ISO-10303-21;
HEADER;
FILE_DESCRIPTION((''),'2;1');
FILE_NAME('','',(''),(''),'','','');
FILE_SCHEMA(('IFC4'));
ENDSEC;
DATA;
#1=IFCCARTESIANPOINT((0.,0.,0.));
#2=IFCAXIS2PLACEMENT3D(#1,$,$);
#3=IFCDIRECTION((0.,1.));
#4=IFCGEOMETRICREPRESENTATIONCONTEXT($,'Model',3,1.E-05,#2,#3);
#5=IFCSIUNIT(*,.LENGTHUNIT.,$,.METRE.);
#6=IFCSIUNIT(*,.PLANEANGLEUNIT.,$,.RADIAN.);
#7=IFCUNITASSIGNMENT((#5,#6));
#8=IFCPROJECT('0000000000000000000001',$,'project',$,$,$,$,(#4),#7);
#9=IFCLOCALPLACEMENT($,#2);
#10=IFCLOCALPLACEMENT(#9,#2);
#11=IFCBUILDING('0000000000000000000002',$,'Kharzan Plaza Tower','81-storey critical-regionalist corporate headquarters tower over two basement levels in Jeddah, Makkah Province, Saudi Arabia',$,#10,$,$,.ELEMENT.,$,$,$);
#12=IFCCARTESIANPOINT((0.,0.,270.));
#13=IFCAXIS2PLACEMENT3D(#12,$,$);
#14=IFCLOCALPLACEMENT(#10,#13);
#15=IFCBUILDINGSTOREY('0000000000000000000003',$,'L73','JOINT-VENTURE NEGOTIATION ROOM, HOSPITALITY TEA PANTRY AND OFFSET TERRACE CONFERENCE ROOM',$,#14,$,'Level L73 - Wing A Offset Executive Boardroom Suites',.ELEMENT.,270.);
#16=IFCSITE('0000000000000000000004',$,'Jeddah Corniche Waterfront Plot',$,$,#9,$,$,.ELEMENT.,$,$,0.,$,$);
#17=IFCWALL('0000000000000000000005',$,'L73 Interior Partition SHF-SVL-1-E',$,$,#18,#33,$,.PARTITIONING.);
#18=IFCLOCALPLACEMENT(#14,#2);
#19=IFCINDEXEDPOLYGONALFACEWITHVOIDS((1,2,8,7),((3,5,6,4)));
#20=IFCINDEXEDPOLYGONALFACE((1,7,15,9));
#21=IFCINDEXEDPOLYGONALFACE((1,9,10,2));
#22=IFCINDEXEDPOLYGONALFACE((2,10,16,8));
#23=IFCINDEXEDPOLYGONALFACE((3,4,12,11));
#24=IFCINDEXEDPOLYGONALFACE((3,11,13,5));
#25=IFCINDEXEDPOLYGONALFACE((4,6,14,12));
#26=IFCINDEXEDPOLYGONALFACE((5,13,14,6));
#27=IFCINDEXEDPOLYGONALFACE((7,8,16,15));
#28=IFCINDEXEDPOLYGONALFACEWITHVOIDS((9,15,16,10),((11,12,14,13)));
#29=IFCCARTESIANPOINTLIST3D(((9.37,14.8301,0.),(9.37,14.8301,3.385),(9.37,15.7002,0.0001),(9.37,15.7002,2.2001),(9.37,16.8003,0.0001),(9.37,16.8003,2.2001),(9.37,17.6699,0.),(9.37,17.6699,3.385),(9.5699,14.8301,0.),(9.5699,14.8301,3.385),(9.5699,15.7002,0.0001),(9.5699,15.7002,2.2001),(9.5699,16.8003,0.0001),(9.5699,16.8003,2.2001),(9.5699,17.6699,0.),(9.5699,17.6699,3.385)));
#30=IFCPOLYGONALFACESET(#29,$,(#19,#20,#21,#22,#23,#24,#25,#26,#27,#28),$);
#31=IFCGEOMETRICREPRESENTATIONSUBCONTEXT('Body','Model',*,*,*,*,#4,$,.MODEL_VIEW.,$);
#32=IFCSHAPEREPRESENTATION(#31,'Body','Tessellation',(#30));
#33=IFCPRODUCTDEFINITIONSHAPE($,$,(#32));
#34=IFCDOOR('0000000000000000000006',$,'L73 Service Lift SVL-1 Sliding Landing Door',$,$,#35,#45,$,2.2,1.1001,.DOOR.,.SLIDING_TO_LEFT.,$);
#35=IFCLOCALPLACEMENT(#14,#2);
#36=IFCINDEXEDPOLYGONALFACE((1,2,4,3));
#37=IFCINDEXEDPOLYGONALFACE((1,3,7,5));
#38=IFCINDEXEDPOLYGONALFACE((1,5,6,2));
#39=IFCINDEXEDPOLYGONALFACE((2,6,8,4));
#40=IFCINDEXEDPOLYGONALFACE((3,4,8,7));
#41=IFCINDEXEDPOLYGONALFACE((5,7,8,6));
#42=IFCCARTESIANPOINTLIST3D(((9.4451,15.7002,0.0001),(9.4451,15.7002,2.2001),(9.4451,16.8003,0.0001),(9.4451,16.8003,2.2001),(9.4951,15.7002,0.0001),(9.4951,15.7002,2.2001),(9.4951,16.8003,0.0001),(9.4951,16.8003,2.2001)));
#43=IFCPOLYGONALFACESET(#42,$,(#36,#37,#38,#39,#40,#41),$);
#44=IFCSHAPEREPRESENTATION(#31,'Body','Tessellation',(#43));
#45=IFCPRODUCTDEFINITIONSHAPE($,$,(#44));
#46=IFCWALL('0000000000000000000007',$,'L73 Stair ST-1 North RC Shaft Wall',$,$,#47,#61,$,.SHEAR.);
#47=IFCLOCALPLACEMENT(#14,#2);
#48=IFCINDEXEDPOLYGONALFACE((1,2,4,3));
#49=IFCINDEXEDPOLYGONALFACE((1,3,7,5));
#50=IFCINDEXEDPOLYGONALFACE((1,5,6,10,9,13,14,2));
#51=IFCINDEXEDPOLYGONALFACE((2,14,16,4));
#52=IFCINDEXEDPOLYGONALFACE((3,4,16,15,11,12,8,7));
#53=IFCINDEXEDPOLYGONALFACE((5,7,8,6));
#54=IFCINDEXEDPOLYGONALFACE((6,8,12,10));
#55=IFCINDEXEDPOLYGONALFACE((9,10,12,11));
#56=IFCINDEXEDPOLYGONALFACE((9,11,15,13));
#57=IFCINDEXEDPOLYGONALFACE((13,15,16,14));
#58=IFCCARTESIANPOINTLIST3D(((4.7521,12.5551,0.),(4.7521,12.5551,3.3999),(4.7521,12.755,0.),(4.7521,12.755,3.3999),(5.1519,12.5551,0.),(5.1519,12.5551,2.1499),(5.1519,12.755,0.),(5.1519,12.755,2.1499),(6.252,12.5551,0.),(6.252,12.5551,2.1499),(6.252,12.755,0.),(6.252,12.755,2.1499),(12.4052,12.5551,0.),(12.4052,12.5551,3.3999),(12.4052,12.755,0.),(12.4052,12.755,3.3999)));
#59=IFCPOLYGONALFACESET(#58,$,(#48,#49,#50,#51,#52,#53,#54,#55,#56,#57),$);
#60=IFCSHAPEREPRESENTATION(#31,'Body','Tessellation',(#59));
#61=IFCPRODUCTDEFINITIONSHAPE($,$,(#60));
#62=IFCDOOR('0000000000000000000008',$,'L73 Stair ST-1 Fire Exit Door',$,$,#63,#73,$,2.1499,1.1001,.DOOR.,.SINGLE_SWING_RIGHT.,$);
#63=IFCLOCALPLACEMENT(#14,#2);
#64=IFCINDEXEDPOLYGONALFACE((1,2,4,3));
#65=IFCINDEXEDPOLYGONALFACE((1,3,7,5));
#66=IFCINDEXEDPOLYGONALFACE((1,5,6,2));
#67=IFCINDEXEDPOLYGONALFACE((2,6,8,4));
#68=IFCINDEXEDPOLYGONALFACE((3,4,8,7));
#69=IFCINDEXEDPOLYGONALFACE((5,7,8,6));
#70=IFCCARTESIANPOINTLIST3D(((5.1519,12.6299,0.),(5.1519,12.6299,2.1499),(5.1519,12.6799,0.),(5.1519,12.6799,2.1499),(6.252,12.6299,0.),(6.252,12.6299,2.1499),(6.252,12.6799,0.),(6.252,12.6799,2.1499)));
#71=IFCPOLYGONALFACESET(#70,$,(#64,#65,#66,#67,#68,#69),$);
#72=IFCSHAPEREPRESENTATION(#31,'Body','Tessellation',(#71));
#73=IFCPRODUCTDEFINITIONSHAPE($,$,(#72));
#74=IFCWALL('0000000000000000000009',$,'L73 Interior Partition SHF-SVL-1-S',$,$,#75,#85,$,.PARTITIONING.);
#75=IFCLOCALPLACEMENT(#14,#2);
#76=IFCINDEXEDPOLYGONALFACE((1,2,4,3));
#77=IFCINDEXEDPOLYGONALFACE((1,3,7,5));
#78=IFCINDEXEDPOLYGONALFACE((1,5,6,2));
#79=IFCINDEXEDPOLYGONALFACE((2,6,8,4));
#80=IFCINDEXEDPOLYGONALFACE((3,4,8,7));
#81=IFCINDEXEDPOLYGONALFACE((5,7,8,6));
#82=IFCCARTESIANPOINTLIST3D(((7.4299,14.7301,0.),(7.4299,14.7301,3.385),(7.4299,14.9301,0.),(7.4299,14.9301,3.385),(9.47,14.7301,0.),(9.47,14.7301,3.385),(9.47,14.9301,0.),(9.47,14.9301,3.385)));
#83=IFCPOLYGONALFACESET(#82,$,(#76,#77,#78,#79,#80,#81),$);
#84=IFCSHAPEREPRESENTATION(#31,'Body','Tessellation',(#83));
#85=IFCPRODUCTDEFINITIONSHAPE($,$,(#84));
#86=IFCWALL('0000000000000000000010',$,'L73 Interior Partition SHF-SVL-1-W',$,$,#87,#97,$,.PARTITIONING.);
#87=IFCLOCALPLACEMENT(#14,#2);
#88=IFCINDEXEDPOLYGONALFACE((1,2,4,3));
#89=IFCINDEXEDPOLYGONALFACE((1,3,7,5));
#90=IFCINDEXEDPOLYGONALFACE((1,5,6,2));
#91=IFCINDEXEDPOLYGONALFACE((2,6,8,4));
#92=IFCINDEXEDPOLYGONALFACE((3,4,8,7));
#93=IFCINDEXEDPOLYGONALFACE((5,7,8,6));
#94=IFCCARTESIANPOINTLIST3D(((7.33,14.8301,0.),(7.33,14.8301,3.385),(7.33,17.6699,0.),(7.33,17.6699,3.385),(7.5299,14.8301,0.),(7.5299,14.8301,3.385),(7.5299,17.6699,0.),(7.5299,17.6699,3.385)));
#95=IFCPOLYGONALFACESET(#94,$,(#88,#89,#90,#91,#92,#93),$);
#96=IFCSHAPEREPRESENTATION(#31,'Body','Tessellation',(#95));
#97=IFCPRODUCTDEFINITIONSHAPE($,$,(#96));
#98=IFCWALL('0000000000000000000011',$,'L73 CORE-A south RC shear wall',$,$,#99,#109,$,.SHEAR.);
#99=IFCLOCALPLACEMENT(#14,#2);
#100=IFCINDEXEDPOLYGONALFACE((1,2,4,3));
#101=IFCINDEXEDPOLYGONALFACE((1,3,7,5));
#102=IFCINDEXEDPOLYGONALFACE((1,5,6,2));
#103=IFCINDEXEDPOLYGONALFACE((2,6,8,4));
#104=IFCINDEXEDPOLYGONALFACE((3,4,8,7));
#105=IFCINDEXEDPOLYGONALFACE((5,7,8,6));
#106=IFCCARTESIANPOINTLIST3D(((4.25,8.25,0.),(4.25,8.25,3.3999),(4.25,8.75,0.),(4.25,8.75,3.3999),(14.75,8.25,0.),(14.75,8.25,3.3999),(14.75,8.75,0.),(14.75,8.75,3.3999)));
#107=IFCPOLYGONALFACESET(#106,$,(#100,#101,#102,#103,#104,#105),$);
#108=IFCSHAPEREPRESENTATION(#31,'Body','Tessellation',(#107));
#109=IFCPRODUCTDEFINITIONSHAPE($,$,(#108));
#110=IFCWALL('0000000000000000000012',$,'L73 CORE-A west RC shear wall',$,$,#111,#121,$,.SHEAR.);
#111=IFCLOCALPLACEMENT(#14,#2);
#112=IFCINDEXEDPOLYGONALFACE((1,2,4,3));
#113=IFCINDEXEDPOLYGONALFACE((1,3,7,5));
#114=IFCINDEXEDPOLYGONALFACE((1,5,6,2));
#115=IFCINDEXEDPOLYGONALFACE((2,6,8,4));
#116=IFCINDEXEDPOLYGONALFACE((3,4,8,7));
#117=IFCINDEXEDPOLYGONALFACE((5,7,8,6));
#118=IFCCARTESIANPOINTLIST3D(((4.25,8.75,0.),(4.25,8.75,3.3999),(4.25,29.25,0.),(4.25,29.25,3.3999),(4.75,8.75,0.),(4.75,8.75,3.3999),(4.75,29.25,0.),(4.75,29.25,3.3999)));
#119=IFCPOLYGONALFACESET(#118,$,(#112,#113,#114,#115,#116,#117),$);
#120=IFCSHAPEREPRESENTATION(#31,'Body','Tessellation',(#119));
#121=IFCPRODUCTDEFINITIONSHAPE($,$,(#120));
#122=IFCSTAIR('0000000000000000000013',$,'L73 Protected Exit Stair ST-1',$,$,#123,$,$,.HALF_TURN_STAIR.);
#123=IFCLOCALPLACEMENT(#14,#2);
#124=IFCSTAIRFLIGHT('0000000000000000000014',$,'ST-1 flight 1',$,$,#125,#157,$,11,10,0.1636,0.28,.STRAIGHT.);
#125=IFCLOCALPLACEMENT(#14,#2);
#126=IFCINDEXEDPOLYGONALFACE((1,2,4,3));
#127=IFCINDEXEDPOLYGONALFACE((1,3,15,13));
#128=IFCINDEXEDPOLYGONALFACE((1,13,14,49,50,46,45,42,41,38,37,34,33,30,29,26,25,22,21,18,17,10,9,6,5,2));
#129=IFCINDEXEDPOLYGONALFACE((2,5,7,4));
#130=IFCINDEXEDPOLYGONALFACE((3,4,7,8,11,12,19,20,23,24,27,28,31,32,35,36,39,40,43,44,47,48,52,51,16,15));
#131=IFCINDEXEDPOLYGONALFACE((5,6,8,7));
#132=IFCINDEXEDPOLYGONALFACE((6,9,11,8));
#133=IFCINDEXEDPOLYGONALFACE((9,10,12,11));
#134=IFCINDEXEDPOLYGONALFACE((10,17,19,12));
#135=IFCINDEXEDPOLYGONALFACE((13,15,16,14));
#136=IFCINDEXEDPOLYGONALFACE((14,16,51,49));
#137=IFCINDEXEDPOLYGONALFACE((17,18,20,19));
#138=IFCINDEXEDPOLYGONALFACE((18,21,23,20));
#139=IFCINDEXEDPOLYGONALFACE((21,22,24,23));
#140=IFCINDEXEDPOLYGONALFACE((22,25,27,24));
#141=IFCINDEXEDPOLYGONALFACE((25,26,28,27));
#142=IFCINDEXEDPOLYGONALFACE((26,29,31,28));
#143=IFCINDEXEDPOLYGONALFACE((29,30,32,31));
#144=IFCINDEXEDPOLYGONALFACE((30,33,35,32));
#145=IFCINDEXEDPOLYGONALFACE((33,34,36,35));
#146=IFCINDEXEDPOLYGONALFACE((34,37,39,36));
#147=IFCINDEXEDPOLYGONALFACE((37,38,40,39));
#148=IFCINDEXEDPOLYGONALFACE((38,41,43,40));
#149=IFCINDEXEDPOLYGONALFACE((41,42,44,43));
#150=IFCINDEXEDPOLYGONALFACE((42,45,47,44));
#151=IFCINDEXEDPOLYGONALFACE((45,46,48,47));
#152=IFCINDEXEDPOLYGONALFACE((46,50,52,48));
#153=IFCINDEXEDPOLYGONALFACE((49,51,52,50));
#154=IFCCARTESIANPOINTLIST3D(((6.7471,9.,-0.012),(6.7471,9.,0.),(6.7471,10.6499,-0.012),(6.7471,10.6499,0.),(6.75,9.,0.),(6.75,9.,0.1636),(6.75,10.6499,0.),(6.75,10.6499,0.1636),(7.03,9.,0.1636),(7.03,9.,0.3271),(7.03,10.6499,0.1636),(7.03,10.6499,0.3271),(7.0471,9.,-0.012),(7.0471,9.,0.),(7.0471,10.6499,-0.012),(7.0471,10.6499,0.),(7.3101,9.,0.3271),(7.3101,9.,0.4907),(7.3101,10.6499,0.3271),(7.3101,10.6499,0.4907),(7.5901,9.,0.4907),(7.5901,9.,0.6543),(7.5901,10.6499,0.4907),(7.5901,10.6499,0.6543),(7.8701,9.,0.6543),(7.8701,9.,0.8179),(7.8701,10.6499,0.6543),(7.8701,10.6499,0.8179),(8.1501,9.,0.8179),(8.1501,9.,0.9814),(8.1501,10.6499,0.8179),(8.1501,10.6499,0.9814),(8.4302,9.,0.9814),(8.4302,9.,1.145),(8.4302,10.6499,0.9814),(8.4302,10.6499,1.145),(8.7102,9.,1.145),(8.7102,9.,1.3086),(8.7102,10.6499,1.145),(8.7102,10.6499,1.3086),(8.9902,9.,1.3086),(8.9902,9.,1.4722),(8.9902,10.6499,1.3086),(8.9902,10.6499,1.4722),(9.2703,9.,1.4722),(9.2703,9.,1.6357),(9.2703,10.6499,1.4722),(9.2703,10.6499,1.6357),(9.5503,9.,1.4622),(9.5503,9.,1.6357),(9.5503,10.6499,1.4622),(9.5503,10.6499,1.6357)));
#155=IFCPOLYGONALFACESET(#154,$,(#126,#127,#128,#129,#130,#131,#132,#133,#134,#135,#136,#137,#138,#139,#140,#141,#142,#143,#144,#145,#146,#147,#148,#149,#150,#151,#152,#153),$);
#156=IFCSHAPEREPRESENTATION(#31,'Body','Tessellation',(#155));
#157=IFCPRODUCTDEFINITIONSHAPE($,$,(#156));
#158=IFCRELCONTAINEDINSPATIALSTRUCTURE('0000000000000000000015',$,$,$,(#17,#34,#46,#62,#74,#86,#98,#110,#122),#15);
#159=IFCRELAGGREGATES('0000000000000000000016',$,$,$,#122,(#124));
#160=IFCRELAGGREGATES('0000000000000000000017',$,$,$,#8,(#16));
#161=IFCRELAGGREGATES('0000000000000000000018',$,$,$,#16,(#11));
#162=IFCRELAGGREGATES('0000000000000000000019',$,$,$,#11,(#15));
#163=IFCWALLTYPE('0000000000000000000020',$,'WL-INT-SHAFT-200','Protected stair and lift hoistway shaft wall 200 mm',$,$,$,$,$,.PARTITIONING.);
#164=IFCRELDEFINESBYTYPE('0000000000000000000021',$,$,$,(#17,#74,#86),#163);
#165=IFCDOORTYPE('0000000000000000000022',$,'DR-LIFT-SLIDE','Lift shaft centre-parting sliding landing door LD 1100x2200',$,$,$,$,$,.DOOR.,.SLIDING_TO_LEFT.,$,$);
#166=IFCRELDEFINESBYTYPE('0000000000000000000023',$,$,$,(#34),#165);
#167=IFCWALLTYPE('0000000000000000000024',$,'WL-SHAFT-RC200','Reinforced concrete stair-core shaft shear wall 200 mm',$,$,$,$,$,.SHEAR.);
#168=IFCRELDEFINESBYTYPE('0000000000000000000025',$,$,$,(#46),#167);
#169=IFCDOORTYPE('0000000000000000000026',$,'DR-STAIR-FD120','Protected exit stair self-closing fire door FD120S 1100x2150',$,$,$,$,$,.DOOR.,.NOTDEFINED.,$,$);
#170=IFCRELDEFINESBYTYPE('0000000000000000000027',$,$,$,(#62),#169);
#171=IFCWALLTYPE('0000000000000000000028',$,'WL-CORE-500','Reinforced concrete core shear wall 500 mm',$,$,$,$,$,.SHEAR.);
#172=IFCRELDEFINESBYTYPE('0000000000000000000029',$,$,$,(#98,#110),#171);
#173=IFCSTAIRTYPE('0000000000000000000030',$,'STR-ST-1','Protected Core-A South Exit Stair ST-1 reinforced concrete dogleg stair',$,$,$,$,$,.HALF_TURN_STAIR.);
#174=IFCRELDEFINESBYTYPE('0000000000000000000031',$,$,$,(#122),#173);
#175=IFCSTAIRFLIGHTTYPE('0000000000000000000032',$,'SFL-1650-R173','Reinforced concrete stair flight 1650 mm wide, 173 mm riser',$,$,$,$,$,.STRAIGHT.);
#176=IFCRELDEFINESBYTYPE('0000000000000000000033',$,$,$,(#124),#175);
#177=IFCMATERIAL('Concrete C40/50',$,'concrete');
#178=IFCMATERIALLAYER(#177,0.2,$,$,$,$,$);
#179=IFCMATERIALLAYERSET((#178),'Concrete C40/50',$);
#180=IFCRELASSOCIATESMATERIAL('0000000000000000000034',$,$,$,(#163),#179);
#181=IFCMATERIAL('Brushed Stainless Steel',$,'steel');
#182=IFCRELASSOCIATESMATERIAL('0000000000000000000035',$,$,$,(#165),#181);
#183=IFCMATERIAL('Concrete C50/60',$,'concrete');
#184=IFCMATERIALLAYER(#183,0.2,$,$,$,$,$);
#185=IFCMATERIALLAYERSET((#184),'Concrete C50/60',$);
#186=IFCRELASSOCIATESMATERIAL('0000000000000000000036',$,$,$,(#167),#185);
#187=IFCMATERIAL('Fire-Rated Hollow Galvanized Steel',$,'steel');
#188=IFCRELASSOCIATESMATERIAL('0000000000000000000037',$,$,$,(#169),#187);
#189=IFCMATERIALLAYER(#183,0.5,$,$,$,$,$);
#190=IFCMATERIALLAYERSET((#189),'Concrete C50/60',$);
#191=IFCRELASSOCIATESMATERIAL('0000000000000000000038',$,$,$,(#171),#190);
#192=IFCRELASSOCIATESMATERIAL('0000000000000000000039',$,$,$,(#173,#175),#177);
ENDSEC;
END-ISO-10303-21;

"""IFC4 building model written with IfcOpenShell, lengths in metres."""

from ifc_helpers import new_model, si_unit, direction, frame, frame_2d, origin, place, context, subcontext, project, spatial, polyline, rectangle, outline, extrude, source, transform, mapped, material, layer, layer_set, type_object, element, fill, aggregate, save


model = new_model("IFC4")

# Units and contexts
model_context = context("Model", 3, precision=1e-05, world=origin(), true_north=direction((0.0, 1.0)))
body_context = subcontext(model_context, "Body", "Model", "MODEL_VIEW")
ifc_project = project(units=[si_unit("LENGTHUNIT", "METRE"), si_unit("PLANEANGLEUNIT", "RADIAN")], contexts=[model_context])

# Site, building, storey
site_placement = place(None, origin())
site = spatial("IfcSite", under=ifc_project, at=site_placement, Name="Jeddah Corniche Waterfront Plot", CompositionType="ELEMENT", RefElevation=0.0)
building_placement = place(site_placement, origin())
building = spatial("IfcBuilding", under=site, at=building_placement, Name="Kharzan Plaza Tower", Description="81-storey critical-regionalist corporate headquarters tower over two basement levels in Jeddah, Makkah Province, Saudi Arabia", CompositionType="ELEMENT")
storey_placement = place(building_placement, frame((0.0, 0.0, 270.0)))
storey = spatial("IfcBuildingStorey", under=building, at=storey_placement, Name="L73", Description="JOINT-VENTURE NEGOTIATION ROOM, HOSPITALITY TEA PANTRY AND OFFSET TERRACE CONFERENCE ROOM", LongName="Level L73 - Wing A Offset Executive Boardroom Suites", CompositionType="ELEMENT", Elevation=270.0)

# Shared definitions
ifc_material_1 = material(Name="Concrete C50/60", Category="concrete")

# Shared definitions
ifc_material_2 = material(Name="Concrete C40/50", Category="concrete")

# Walls, openings, doors
ifc_layer_1 = layer(ifc_material_2, 0.2)
ifc_layer_set_1 = layer_set([ifc_layer_1], Name="Concrete C40/50")
wall_type_1 = type_object("IfcWallType", Name="WL-INT-SHAFT-200", Description="Protected stair and lift hoistway shaft wall 200 mm", PredefinedType="PARTITIONING", material=ifc_layer_set_1)
wall_1_placement = place(storey_placement, frame((9.47, 14.8301, 0.0), z_axis=(0.0, 0.0, 1.0), x_axis=(0.0, 1.0, 0.0)))
wall_1 = element("IfcWall", 1, at=wall_1_placement, inside=storey, type_object=wall_type_1, Name="L73 Interior Partition SHF-SVL-1-E", PredefinedType="PARTITIONING", context=body_context, shape_type="SweptSolid", body=[
    extrude(rectangle(XDim=2.8398, YDim=0.2, at=frame_2d((1.4199, 0.0))), origin(), (0.0, 0.0, 1.0), 3.385),
])
opening_1_placement = place(wall_1_placement, frame((0.8701, 0.0, 0.0)))
opening_1 = element("IfcOpeningElement", 2, at=opening_1_placement, cuts=wall_1, PredefinedType="OPENING", context=body_context, shape_type="SweptSolid", body=[
    extrude(rectangle(XDim=1.1001, YDim=2.2, at=frame_2d((0.55, 1.1001))), frame((0.0, 0.1099, 0.0), z_axis=(0.0, -1.0, 0.0), x_axis=(1.0, 0.0, 0.0)), (0.0, 0.0, 1.0), 0.22),
])
ifc_material_3 = material(Name="Brushed Stainless Steel", Category="steel")
door_type_1 = type_object("IfcDoorType", Name="DR-LIFT-SLIDE", Description="Lift shaft centre-parting sliding landing door LD 1100x2200", OperationType="SLIDING_TO_LEFT", PredefinedType="DOOR", material=ifc_material_3)
shared_shape_1 = source(origin(), body_context, "Body", "SweptSolid", [
    extrude(rectangle(XDim=1.1001, YDim=2.2, at=frame_2d((0.55, 1.1001))), frame((0.0, 0.0249, 0.0), z_axis=(0.0, -1.0, 0.0), x_axis=(1.0, 0.0, 0.0)), (0.0, 0.0, 1.0), 0.05),
])
door_1_placement = place(opening_1_placement, origin())
door_1 = element("IfcDoor", 3, at=door_1_placement, inside=storey, type_object=door_type_1, Name="L73 Service Lift SVL-1 Sliding Landing Door", OperationType="SLIDING_TO_LEFT", OverallHeight=2.2, OverallWidth=1.1001, PredefinedType="DOOR", context=body_context, shape_type="MappedRepresentation", body=[
    mapped(shared_shape_1, transform((0.0, 0.0, 0.0), x_axis=(1.0, 0.0, 0.0), y_axis=(0.0, 1.0, 0.0), z_axis=(0.0, 0.0, 1.0))),
])
fill(opening_1, door_1)
ifc_layer_2 = layer(ifc_material_1, 0.2)
ifc_layer_set_2 = layer_set([ifc_layer_2], Name="Concrete C50/60")
wall_type_2 = type_object("IfcWallType", Name="WL-SHAFT-RC200", Description="Reinforced concrete stair-core shaft shear wall 200 mm", PredefinedType="SHEAR", material=ifc_layer_set_2)
wall_2_placement = place(storey_placement, frame((4.752, 12.655, 0.0), z_axis=(0.0, 0.0, 1.0), x_axis=(1.0, 0.0, 0.0)))
wall_2 = element("IfcWall", 4, at=wall_2_placement, inside=storey, type_object=wall_type_2, Name="L73 Stair ST-1 North RC Shaft Wall", PredefinedType="SHEAR", context=body_context, shape_type="SweptSolid", body=[
    extrude(rectangle(XDim=7.6531, YDim=0.2, at=frame_2d((3.8267, 0.0))), origin(), (0.0, 0.0, 1.0), 3.3999),
])
opening_2_placement = place(wall_2_placement, frame((0.3999, 0.0, 0.0)))
opening_2 = element("IfcOpeningElement", 5, at=opening_2_placement, cuts=wall_2, PredefinedType="OPENING", context=body_context, shape_type="SweptSolid", body=[
    extrude(rectangle(XDim=1.1001, YDim=2.1499, at=frame_2d((0.55, 1.075))), frame((0.0, 0.1099, 0.0), z_axis=(0.0, -1.0, 0.0), x_axis=(1.0, 0.0, 0.0)), (0.0, 0.0, 1.0), 0.22),
])
ifc_material_4 = material(Name="Fire-Rated Hollow Galvanized Steel", Category="steel")
door_type_2 = type_object("IfcDoorType", Name="DR-STAIR-FD120", Description="Protected exit stair self-closing fire door FD120S 1100x2150", OperationType="NOTDEFINED", PredefinedType="DOOR", material=ifc_material_4)
shared_shape_2 = source(origin(), body_context, "Body", "SweptSolid", [
    extrude(rectangle(XDim=1.1001, YDim=2.1499, at=frame_2d((0.55, 1.075))), frame((0.0, 0.0249, 0.0), z_axis=(0.0, -1.0, 0.0), x_axis=(1.0, 0.0, 0.0)), (0.0, 0.0, 1.0), 0.05),
])
door_2_placement = place(opening_2_placement, origin())
door_2 = element("IfcDoor", 6, at=door_2_placement, inside=storey, type_object=door_type_2, Name="L73 Stair ST-1 Fire Exit Door", OperationType="SINGLE_SWING_RIGHT", OverallHeight=2.1499, OverallWidth=1.1001, PredefinedType="DOOR", context=body_context, shape_type="MappedRepresentation", body=[
    mapped(shared_shape_2, transform((0.0, 0.0, 0.0), x_axis=(1.0, 0.0, 0.0), y_axis=(0.0, 1.0, 0.0), z_axis=(0.0, 0.0, 1.0))),
])
fill(opening_2, door_2)

# Walls
shared_shape_3 = source(origin(), body_context, "Body", "SweptSolid", [
    extrude(rectangle(XDim=2.04, YDim=0.2, at=frame_2d((1.02, 0.0))), origin(), (0.0, 0.0, 1.0), 3.385),
])
wall_3_placement = place(storey_placement, frame((7.4299, 14.8301, 0.0), z_axis=(0.0, 0.0, 1.0), x_axis=(1.0, 0.0, 0.0)))
element("IfcWall", 7, at=wall_3_placement, inside=storey, type_object=wall_type_1, Name="L73 Interior Partition SHF-SVL-1-S", PredefinedType="PARTITIONING", context=body_context, shape_type="MappedRepresentation", body=[
    mapped(shared_shape_3, transform((0.0, 0.0, 0.0), x_axis=(1.0, 0.0, 0.0), y_axis=(0.0, 1.0, 0.0), z_axis=(0.0, 0.0, 1.0))),
])
shared_shape_4 = source(origin(), body_context, "Body", "SweptSolid", [
    extrude(rectangle(XDim=2.8398, YDim=0.2, at=frame_2d((1.4199, 0.0))), origin(), (0.0, 0.0, 1.0), 3.385),
])
wall_4_placement = place(storey_placement, frame((7.4299, 14.8301, 0.0), z_axis=(0.0, 0.0, 1.0), x_axis=(0.0, 1.0, 0.0)))
element("IfcWall", 8, at=wall_4_placement, inside=storey, type_object=wall_type_1, Name="L73 Interior Partition SHF-SVL-1-W", PredefinedType="PARTITIONING", context=body_context, shape_type="MappedRepresentation", body=[
    mapped(shared_shape_4, transform((0.0, 0.0, 0.0), x_axis=(1.0, 0.0, 0.0), y_axis=(0.0, 1.0, 0.0), z_axis=(0.0, 0.0, 1.0))),
])
ifc_layer_3 = layer(ifc_material_1, 0.5)
ifc_layer_set_3 = layer_set([ifc_layer_3], Name="Concrete C50/60")
wall_type_3 = type_object("IfcWallType", Name="WL-CORE-500", Description="Reinforced concrete core shear wall 500 mm", PredefinedType="SHEAR", material=ifc_layer_set_3)
shared_shape_5 = source(origin(), body_context, "Body", "SweptSolid", [
    extrude(rectangle(XDim=10.5, YDim=0.5, at=frame_2d((5.25, 0.0))), origin(), (0.0, 0.0, 1.0), 3.3999),
])
wall_5_placement = place(storey_placement, frame((4.25, 8.5, 0.0), z_axis=(0.0, 0.0, 1.0), x_axis=(1.0, 0.0, 0.0)))
element("IfcWall", 9, at=wall_5_placement, inside=storey, type_object=wall_type_3, Name="L73 CORE-A south RC shear wall", PredefinedType="SHEAR", context=body_context, shape_type="MappedRepresentation", body=[
    mapped(shared_shape_5, transform((0.0, 0.0, 0.0), x_axis=(1.0, 0.0, 0.0), y_axis=(0.0, 1.0, 0.0), z_axis=(0.0, 0.0, 1.0))),
])
shared_shape_6 = source(origin(), body_context, "Body", "SweptSolid", [
    extrude(rectangle(XDim=20.5, YDim=0.5, at=frame_2d((10.25, 0.0))), origin(), (0.0, 0.0, 1.0), 3.3999),
])
wall_6_placement = place(storey_placement, frame((4.5, 8.75, 0.0), z_axis=(0.0, 0.0, 1.0), x_axis=(0.0, 1.0, 0.0)))
element("IfcWall", 10, at=wall_6_placement, inside=storey, type_object=wall_type_3, Name="L73 CORE-A west RC shear wall", PredefinedType="SHEAR", context=body_context, shape_type="MappedRepresentation", body=[
    mapped(shared_shape_6, transform((0.0, 0.0, 0.0), x_axis=(1.0, 0.0, 0.0), y_axis=(0.0, 1.0, 0.0), z_axis=(0.0, 0.0, 1.0))),
])

# Stair, stair flight
stair_type = type_object("IfcStairType", Name="STR-ST-1", Description="Protected Core-A South Exit Stair ST-1 reinforced concrete dogleg stair", PredefinedType="HALF_TURN_STAIR", material=ifc_material_2)
stair_placement = place(storey_placement, origin())
stair = element("IfcStair", 11, at=stair_placement, inside=storey, type_object=stair_type, Name="L73 Protected Exit Stair ST-1", PredefinedType="HALF_TURN_STAIR")
stair_flight_type = type_object("IfcStairFlightType", Name="SFL-1650-R173", Description="Reinforced concrete stair flight 1650 mm wide, 173 mm riser", PredefinedType="STRAIGHT", material=ifc_material_2)
shared_shape_7 = source(origin(), body_context, "Body", "SweptSolid", [
    extrude(outline(polyline([(-0.0029, -0.012), (-0.0029, 0.0), (0.0, 0.0), (0.0, 0.1636), (0.28, 0.1636), (0.28, 0.3271), (0.5601, 0.3271), (0.5601, 0.4907), (0.8401, 0.4907), (0.8401, 0.6543), (1.1201, 0.6543), (1.1201, 0.8179), (1.4001, 0.8179), (1.4001, 0.9814), (1.6802, 0.9814), (1.6802, 1.145), (1.9602, 1.145), (1.9602, 1.3086), (2.2402, 1.3086), (2.2402, 1.4722), (2.5203, 1.4722), (2.5203, 1.6357), (2.8003, 1.6357), (2.8003, 1.7993), (2.8003, 1.4622), (0.2971, 0.0), (0.2971, -0.012), (-0.0029, -0.012)])), frame((0.0, 0.825, 0.0), z_axis=(0.0, -1.0, 0.0), x_axis=(1.0, 0.0, 0.0)), (0.0, 0.0, 1.0), 1.6499),
])
stair_flight_1_placement = place(storey_placement, frame((6.75, 9.825, 0.0), z_axis=(0.0, 0.0, 1.0), x_axis=(1.0, 0.0, 0.0)))
stair_flight_1 = element("IfcStairFlight", 12, at=stair_flight_1_placement, type_object=stair_flight_type, Name="ST-1 flight 1", NumberOfRisers=11, NumberOfTreads=10, PredefinedType="STRAIGHT", RiserHeight=0.1636, TreadLength=0.28, context=body_context, shape_type="MappedRepresentation", body=[
    mapped(shared_shape_7, transform((0.0, 0.0, 0.0), x_axis=(1.0, 0.0, 0.0), y_axis=(0.0, 1.0, 0.0), z_axis=(0.0, 0.0, 1.0))),
])
aggregate(stair, [stair_flight_1])

save(model, "model.ifc")
